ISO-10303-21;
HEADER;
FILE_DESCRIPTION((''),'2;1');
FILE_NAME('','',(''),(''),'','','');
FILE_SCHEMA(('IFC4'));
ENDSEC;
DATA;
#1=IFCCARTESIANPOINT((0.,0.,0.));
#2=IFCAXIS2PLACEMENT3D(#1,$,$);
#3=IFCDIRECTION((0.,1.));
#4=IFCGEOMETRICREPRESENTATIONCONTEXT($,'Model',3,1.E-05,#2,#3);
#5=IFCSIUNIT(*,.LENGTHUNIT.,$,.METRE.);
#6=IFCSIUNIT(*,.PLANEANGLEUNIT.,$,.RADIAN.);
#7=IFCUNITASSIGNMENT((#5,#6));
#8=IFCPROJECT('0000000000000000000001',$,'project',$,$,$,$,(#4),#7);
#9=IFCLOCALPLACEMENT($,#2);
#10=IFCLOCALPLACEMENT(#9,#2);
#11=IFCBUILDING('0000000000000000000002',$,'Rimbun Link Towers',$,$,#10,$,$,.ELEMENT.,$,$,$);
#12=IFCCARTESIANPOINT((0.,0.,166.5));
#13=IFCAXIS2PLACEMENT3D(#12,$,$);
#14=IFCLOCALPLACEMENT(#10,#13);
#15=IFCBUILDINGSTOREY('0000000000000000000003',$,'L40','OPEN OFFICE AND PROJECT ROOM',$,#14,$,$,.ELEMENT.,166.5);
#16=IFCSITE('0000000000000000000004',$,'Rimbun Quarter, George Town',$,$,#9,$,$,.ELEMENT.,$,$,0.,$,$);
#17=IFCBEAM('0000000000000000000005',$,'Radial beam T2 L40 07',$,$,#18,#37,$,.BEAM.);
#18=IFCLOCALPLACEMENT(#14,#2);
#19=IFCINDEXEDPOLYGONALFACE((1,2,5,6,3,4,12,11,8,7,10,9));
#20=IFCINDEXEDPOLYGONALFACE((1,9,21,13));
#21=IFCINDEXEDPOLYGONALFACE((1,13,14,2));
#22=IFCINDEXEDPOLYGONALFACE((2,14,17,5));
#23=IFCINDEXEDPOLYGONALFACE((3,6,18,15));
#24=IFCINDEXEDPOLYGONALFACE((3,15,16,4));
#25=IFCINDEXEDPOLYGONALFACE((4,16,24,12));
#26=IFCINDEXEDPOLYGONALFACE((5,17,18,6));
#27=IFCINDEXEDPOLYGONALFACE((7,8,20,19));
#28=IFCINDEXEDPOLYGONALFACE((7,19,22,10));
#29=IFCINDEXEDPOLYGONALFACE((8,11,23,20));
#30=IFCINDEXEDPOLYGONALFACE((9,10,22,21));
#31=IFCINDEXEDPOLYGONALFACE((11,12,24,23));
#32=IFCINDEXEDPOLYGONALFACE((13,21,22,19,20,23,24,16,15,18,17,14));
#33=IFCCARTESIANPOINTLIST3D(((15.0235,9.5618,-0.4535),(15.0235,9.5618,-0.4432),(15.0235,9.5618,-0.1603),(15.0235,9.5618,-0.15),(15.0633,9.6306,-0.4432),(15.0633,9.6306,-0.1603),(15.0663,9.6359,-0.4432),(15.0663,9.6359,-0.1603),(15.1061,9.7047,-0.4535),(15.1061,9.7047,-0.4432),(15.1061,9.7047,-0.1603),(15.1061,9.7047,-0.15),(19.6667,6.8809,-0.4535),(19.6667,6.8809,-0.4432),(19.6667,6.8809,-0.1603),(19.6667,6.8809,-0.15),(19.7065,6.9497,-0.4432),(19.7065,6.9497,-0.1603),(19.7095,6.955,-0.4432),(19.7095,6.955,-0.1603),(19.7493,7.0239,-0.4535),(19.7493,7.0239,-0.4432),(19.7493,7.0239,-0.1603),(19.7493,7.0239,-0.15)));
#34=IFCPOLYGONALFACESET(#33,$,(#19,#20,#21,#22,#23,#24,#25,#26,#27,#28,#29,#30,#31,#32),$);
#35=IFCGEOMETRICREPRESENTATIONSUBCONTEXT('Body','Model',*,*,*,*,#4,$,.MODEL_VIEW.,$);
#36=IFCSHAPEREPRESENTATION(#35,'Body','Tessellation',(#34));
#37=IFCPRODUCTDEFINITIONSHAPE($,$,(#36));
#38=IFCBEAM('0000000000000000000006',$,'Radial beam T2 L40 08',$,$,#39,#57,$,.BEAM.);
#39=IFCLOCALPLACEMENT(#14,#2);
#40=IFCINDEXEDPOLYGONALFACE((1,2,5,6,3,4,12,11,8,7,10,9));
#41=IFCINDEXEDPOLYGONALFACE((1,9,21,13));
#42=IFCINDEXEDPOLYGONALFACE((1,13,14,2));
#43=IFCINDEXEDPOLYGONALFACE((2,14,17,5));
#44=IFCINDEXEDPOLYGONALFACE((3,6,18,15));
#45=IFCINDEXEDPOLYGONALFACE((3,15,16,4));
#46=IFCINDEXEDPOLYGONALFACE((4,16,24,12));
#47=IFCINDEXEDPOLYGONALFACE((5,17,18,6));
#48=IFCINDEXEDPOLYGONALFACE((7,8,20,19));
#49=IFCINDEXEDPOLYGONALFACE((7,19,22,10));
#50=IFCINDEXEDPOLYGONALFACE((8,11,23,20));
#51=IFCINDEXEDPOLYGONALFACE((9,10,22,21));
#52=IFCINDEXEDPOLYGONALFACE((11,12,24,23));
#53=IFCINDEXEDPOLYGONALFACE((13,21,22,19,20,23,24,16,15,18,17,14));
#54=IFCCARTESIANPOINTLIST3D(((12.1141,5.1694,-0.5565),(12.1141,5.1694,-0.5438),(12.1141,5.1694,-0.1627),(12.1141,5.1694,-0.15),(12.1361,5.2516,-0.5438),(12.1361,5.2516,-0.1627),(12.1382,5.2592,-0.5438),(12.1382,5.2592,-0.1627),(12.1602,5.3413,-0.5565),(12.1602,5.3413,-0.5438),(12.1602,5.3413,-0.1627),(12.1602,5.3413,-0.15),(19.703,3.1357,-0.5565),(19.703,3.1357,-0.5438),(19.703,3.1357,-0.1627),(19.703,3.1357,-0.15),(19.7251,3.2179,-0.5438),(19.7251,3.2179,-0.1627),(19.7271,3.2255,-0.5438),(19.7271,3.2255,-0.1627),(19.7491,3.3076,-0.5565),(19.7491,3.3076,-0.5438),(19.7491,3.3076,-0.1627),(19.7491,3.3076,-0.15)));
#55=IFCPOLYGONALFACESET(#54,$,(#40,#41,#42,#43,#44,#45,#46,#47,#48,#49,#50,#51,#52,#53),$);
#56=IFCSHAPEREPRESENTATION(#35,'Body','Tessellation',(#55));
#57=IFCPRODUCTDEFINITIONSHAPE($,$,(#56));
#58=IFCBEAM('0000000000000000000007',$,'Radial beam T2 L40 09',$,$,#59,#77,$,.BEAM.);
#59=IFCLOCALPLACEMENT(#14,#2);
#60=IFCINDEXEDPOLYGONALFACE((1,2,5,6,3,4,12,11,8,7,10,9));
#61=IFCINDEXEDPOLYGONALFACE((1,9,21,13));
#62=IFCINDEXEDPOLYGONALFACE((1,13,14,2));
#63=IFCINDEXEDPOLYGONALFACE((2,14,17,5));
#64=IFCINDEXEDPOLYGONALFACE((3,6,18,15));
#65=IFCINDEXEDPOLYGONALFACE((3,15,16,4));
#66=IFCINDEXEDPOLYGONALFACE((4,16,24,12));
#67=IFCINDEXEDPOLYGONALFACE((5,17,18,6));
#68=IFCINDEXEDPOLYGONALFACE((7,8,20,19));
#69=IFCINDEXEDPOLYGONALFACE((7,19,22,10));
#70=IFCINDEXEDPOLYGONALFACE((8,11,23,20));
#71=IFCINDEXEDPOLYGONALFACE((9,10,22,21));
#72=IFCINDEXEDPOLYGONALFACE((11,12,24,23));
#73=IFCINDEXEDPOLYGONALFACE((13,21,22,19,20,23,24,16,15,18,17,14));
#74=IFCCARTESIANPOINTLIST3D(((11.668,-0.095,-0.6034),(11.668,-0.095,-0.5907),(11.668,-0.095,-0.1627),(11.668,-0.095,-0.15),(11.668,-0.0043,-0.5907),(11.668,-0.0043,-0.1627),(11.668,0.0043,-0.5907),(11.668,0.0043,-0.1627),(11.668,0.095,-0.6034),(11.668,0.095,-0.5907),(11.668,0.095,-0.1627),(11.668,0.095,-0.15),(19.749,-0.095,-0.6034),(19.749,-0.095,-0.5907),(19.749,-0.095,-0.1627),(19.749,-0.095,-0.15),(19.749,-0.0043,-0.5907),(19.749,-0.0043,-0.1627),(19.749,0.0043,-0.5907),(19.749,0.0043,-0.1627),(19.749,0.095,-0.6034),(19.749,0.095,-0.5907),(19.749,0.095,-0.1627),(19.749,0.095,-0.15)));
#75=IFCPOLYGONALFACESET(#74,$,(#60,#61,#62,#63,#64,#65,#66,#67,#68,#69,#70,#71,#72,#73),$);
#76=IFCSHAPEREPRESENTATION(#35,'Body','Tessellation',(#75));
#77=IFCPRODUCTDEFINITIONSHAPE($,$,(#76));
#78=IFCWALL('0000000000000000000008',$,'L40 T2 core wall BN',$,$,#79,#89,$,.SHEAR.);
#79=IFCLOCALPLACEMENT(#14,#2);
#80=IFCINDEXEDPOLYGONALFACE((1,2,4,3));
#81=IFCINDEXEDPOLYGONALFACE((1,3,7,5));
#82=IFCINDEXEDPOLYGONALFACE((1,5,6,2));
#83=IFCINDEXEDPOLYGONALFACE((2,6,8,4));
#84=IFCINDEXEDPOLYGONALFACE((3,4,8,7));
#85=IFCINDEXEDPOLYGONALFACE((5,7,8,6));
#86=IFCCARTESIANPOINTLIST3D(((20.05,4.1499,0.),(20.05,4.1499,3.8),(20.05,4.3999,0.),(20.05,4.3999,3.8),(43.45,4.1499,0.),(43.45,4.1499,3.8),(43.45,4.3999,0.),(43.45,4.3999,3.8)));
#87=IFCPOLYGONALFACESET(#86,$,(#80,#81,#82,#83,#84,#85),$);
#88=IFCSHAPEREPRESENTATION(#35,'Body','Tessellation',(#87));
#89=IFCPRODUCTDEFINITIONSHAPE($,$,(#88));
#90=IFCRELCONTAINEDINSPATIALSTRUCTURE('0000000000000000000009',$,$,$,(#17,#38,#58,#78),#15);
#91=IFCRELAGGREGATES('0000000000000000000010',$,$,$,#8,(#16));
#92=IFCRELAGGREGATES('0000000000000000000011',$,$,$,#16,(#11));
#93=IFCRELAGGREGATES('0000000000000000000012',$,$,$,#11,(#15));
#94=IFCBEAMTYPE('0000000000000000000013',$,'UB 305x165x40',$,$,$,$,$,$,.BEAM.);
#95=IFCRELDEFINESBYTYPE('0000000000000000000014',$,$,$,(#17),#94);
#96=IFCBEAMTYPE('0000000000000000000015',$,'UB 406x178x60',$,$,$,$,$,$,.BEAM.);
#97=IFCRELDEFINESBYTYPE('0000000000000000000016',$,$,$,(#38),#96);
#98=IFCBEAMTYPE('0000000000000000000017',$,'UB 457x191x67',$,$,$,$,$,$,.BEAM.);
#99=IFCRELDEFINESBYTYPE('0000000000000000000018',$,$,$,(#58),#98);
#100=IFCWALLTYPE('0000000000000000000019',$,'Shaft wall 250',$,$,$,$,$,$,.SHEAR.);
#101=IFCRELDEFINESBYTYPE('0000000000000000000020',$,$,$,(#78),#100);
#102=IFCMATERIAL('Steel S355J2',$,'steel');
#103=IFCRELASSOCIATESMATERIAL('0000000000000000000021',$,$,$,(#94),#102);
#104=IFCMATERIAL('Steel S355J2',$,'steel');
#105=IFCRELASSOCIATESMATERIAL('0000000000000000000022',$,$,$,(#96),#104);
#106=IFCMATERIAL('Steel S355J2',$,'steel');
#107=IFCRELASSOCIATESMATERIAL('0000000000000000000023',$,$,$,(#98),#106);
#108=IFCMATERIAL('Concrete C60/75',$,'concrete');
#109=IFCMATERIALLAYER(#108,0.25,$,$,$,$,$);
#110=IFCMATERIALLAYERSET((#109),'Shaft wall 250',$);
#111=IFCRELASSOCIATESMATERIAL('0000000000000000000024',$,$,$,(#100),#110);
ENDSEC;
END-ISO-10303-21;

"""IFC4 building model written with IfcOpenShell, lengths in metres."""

from ifc_helpers import new_model, si_unit, direction, frame, frame_2d, origin, origin_2d, place, context, subcontext, project, spatial, rectangle, i_section, extrude, material, layer, layer_set, material_profile, profile_set, type_object, element, save


model = new_model("IFC4")

# Units and contexts
model_context = context("Model", 3, precision=1e-05, world=origin(), true_north=direction((0.0, 1.0)))
body_context = subcontext(model_context, "Body", "Model", "MODEL_VIEW")
ifc_project = project(units=[si_unit("LENGTHUNIT", "METRE"), si_unit("PLANEANGLEUNIT", "RADIAN")], contexts=[model_context])

# Site, building, storey
site_placement = place(None, origin())
site = spatial("IfcSite", under=ifc_project, at=site_placement, Name="Rimbun Quarter, George Town", CompositionType="ELEMENT", RefElevation=0.0)
building_placement = place(site_placement, origin())
building = spatial("IfcBuilding", under=site, at=building_placement, Name="Rimbun Link Towers", CompositionType="ELEMENT")
storey_placement = place(building_placement, frame((0.0, 0.0, 166.5)))
storey = spatial("IfcBuildingStorey", under=building, at=storey_placement, Name="L40", Description="OPEN OFFICE AND PROJECT ROOM", CompositionType="ELEMENT", Elevation=166.5)

# Beams
ifc_material_1 = material(Name="Steel S355J2", Category="steel")
ifc_material_profile_1 = material_profile(ifc_material_1, i_section(OverallWidth=0.165, OverallDepth=0.3035, WebThickness=0.0061, FlangeThickness=0.0103, at=origin_2d()), Name="UB 305x165x40")
ifc_profile_set_1 = profile_set([ifc_material_profile_1], Name="Steel S355J2")
beam_type_1 = type_object("IfcBeamType", Name="UB 305x165x40", PredefinedType="BEAM", material=ifc_profile_set_1)
beam_1_placement = place(storey_placement, frame((19.708, 6.9524, -0.3018), z_axis=(-0.866018, 0.500013, 0.0), x_axis=(-0.500013, -0.866018, 0.0)))
element("IfcBeam", 1, at=beam_1_placement, inside=storey, type_object=beam_type_1, Name="Radial beam T2 L40 07", PredefinedType="BEAM", context=body_context, shape_type="SweptSolid", body=[
    extrude(i_section(OverallWidth=0.165, OverallDepth=0.3035, WebThickness=0.0061, FlangeThickness=0.0103, at=origin_2d()), origin(), (0.0, 0.0, 1.0), 5.3616),
])
ifc_material_2 = material(Name="Steel S355J2", Category="steel")
ifc_material_profile_2 = material_profile(ifc_material_2, i_section(OverallWidth=0.178, OverallDepth=0.4065, WebThickness=0.0078, FlangeThickness=0.0127, at=origin_2d()), Name="UB 406x178x60")
ifc_profile_set_2 = profile_set([ifc_material_profile_2], Name="Steel S355J2")
beam_type_2 = type_object("IfcBeamType", Name="UB 406x178x60", PredefinedType="BEAM", material=ifc_profile_set_2)
beam_2_placement = place(storey_placement, frame((19.7261, 3.2217, -0.3533), z_axis=(-0.965918, 0.25885, 0.0), x_axis=(-0.25885, -0.965918, 0.0)))
element("IfcBeam", 2, at=beam_2_placement, inside=storey, type_object=beam_type_2, Name="Radial beam T2 L40 08", PredefinedType="BEAM", context=body_context, shape_type="SweptSolid", body=[
    extrude(i_section(OverallWidth=0.178, OverallDepth=0.4065, WebThickness=0.0078, FlangeThickness=0.0127, at=origin_2d()), origin(), (0.0, 0.0, 1.0), 7.8567),
])
ifc_material_3 = material(Name="Steel S355J2", Category="steel")
ifc_material_profile_3 = material_profile(ifc_material_3, i_section(OverallWidth=0.1899, OverallDepth=0.4534, WebThickness=0.0085, FlangeThickness=0.0127, at=origin_2d()), Name="UB 457x191x67")
ifc_profile_set_3 = profile_set([ifc_material_profile_3], Name="Steel S355J2")
beam_type_3 = type_object("IfcBeamType", Name="UB 457x191x67", PredefinedType="BEAM", material=ifc_profile_set_3)
beam_3_placement = place(storey_placement, frame((19.749, 0.0, -0.3767), z_axis=(-1.0, 0.0, 0.0), x_axis=(0.0, -1.0, 0.0)))
element("IfcBeam", 3, at=beam_3_placement, inside=storey, type_object=beam_type_3, Name="Radial beam T2 L40 09", PredefinedType="BEAM", context=body_context, shape_type="SweptSolid", body=[
    extrude(i_section(OverallWidth=0.1899, OverallDepth=0.4534, WebThickness=0.0085, FlangeThickness=0.0127, at=origin_2d()), origin(), (0.0, 0.0, 1.0), 8.0811),
])

# Wall
ifc_material_4 = material(Name="Concrete C60/75", Category="concrete")
ifc_layer = layer(ifc_material_4, 0.25)
ifc_layer_set = layer_set([ifc_layer], Name="Shaft wall 250")
wall_type = type_object("IfcWallType", Name="Shaft wall 250", PredefinedType="SHEAR", material=ifc_layer_set)
wall_1_placement = place(storey_placement, frame((20.05, 4.2749, 0.0), z_axis=(0.0, 0.0, 1.0), x_axis=(1.0, 0.0, 0.0)))
element("IfcWall", 4, at=wall_1_placement, inside=storey, type_object=wall_type, Name="L40 T2 core wall BN", PredefinedType="SHEAR", context=body_context, shape_type="SweptSolid", body=[
    extrude(rectangle(XDim=23.3999, YDim=0.25, at=frame_2d((11.7, 0.0))), origin(), (0.0, 0.0, 1.0), 3.8),
])

save(model, "model.ifc")
